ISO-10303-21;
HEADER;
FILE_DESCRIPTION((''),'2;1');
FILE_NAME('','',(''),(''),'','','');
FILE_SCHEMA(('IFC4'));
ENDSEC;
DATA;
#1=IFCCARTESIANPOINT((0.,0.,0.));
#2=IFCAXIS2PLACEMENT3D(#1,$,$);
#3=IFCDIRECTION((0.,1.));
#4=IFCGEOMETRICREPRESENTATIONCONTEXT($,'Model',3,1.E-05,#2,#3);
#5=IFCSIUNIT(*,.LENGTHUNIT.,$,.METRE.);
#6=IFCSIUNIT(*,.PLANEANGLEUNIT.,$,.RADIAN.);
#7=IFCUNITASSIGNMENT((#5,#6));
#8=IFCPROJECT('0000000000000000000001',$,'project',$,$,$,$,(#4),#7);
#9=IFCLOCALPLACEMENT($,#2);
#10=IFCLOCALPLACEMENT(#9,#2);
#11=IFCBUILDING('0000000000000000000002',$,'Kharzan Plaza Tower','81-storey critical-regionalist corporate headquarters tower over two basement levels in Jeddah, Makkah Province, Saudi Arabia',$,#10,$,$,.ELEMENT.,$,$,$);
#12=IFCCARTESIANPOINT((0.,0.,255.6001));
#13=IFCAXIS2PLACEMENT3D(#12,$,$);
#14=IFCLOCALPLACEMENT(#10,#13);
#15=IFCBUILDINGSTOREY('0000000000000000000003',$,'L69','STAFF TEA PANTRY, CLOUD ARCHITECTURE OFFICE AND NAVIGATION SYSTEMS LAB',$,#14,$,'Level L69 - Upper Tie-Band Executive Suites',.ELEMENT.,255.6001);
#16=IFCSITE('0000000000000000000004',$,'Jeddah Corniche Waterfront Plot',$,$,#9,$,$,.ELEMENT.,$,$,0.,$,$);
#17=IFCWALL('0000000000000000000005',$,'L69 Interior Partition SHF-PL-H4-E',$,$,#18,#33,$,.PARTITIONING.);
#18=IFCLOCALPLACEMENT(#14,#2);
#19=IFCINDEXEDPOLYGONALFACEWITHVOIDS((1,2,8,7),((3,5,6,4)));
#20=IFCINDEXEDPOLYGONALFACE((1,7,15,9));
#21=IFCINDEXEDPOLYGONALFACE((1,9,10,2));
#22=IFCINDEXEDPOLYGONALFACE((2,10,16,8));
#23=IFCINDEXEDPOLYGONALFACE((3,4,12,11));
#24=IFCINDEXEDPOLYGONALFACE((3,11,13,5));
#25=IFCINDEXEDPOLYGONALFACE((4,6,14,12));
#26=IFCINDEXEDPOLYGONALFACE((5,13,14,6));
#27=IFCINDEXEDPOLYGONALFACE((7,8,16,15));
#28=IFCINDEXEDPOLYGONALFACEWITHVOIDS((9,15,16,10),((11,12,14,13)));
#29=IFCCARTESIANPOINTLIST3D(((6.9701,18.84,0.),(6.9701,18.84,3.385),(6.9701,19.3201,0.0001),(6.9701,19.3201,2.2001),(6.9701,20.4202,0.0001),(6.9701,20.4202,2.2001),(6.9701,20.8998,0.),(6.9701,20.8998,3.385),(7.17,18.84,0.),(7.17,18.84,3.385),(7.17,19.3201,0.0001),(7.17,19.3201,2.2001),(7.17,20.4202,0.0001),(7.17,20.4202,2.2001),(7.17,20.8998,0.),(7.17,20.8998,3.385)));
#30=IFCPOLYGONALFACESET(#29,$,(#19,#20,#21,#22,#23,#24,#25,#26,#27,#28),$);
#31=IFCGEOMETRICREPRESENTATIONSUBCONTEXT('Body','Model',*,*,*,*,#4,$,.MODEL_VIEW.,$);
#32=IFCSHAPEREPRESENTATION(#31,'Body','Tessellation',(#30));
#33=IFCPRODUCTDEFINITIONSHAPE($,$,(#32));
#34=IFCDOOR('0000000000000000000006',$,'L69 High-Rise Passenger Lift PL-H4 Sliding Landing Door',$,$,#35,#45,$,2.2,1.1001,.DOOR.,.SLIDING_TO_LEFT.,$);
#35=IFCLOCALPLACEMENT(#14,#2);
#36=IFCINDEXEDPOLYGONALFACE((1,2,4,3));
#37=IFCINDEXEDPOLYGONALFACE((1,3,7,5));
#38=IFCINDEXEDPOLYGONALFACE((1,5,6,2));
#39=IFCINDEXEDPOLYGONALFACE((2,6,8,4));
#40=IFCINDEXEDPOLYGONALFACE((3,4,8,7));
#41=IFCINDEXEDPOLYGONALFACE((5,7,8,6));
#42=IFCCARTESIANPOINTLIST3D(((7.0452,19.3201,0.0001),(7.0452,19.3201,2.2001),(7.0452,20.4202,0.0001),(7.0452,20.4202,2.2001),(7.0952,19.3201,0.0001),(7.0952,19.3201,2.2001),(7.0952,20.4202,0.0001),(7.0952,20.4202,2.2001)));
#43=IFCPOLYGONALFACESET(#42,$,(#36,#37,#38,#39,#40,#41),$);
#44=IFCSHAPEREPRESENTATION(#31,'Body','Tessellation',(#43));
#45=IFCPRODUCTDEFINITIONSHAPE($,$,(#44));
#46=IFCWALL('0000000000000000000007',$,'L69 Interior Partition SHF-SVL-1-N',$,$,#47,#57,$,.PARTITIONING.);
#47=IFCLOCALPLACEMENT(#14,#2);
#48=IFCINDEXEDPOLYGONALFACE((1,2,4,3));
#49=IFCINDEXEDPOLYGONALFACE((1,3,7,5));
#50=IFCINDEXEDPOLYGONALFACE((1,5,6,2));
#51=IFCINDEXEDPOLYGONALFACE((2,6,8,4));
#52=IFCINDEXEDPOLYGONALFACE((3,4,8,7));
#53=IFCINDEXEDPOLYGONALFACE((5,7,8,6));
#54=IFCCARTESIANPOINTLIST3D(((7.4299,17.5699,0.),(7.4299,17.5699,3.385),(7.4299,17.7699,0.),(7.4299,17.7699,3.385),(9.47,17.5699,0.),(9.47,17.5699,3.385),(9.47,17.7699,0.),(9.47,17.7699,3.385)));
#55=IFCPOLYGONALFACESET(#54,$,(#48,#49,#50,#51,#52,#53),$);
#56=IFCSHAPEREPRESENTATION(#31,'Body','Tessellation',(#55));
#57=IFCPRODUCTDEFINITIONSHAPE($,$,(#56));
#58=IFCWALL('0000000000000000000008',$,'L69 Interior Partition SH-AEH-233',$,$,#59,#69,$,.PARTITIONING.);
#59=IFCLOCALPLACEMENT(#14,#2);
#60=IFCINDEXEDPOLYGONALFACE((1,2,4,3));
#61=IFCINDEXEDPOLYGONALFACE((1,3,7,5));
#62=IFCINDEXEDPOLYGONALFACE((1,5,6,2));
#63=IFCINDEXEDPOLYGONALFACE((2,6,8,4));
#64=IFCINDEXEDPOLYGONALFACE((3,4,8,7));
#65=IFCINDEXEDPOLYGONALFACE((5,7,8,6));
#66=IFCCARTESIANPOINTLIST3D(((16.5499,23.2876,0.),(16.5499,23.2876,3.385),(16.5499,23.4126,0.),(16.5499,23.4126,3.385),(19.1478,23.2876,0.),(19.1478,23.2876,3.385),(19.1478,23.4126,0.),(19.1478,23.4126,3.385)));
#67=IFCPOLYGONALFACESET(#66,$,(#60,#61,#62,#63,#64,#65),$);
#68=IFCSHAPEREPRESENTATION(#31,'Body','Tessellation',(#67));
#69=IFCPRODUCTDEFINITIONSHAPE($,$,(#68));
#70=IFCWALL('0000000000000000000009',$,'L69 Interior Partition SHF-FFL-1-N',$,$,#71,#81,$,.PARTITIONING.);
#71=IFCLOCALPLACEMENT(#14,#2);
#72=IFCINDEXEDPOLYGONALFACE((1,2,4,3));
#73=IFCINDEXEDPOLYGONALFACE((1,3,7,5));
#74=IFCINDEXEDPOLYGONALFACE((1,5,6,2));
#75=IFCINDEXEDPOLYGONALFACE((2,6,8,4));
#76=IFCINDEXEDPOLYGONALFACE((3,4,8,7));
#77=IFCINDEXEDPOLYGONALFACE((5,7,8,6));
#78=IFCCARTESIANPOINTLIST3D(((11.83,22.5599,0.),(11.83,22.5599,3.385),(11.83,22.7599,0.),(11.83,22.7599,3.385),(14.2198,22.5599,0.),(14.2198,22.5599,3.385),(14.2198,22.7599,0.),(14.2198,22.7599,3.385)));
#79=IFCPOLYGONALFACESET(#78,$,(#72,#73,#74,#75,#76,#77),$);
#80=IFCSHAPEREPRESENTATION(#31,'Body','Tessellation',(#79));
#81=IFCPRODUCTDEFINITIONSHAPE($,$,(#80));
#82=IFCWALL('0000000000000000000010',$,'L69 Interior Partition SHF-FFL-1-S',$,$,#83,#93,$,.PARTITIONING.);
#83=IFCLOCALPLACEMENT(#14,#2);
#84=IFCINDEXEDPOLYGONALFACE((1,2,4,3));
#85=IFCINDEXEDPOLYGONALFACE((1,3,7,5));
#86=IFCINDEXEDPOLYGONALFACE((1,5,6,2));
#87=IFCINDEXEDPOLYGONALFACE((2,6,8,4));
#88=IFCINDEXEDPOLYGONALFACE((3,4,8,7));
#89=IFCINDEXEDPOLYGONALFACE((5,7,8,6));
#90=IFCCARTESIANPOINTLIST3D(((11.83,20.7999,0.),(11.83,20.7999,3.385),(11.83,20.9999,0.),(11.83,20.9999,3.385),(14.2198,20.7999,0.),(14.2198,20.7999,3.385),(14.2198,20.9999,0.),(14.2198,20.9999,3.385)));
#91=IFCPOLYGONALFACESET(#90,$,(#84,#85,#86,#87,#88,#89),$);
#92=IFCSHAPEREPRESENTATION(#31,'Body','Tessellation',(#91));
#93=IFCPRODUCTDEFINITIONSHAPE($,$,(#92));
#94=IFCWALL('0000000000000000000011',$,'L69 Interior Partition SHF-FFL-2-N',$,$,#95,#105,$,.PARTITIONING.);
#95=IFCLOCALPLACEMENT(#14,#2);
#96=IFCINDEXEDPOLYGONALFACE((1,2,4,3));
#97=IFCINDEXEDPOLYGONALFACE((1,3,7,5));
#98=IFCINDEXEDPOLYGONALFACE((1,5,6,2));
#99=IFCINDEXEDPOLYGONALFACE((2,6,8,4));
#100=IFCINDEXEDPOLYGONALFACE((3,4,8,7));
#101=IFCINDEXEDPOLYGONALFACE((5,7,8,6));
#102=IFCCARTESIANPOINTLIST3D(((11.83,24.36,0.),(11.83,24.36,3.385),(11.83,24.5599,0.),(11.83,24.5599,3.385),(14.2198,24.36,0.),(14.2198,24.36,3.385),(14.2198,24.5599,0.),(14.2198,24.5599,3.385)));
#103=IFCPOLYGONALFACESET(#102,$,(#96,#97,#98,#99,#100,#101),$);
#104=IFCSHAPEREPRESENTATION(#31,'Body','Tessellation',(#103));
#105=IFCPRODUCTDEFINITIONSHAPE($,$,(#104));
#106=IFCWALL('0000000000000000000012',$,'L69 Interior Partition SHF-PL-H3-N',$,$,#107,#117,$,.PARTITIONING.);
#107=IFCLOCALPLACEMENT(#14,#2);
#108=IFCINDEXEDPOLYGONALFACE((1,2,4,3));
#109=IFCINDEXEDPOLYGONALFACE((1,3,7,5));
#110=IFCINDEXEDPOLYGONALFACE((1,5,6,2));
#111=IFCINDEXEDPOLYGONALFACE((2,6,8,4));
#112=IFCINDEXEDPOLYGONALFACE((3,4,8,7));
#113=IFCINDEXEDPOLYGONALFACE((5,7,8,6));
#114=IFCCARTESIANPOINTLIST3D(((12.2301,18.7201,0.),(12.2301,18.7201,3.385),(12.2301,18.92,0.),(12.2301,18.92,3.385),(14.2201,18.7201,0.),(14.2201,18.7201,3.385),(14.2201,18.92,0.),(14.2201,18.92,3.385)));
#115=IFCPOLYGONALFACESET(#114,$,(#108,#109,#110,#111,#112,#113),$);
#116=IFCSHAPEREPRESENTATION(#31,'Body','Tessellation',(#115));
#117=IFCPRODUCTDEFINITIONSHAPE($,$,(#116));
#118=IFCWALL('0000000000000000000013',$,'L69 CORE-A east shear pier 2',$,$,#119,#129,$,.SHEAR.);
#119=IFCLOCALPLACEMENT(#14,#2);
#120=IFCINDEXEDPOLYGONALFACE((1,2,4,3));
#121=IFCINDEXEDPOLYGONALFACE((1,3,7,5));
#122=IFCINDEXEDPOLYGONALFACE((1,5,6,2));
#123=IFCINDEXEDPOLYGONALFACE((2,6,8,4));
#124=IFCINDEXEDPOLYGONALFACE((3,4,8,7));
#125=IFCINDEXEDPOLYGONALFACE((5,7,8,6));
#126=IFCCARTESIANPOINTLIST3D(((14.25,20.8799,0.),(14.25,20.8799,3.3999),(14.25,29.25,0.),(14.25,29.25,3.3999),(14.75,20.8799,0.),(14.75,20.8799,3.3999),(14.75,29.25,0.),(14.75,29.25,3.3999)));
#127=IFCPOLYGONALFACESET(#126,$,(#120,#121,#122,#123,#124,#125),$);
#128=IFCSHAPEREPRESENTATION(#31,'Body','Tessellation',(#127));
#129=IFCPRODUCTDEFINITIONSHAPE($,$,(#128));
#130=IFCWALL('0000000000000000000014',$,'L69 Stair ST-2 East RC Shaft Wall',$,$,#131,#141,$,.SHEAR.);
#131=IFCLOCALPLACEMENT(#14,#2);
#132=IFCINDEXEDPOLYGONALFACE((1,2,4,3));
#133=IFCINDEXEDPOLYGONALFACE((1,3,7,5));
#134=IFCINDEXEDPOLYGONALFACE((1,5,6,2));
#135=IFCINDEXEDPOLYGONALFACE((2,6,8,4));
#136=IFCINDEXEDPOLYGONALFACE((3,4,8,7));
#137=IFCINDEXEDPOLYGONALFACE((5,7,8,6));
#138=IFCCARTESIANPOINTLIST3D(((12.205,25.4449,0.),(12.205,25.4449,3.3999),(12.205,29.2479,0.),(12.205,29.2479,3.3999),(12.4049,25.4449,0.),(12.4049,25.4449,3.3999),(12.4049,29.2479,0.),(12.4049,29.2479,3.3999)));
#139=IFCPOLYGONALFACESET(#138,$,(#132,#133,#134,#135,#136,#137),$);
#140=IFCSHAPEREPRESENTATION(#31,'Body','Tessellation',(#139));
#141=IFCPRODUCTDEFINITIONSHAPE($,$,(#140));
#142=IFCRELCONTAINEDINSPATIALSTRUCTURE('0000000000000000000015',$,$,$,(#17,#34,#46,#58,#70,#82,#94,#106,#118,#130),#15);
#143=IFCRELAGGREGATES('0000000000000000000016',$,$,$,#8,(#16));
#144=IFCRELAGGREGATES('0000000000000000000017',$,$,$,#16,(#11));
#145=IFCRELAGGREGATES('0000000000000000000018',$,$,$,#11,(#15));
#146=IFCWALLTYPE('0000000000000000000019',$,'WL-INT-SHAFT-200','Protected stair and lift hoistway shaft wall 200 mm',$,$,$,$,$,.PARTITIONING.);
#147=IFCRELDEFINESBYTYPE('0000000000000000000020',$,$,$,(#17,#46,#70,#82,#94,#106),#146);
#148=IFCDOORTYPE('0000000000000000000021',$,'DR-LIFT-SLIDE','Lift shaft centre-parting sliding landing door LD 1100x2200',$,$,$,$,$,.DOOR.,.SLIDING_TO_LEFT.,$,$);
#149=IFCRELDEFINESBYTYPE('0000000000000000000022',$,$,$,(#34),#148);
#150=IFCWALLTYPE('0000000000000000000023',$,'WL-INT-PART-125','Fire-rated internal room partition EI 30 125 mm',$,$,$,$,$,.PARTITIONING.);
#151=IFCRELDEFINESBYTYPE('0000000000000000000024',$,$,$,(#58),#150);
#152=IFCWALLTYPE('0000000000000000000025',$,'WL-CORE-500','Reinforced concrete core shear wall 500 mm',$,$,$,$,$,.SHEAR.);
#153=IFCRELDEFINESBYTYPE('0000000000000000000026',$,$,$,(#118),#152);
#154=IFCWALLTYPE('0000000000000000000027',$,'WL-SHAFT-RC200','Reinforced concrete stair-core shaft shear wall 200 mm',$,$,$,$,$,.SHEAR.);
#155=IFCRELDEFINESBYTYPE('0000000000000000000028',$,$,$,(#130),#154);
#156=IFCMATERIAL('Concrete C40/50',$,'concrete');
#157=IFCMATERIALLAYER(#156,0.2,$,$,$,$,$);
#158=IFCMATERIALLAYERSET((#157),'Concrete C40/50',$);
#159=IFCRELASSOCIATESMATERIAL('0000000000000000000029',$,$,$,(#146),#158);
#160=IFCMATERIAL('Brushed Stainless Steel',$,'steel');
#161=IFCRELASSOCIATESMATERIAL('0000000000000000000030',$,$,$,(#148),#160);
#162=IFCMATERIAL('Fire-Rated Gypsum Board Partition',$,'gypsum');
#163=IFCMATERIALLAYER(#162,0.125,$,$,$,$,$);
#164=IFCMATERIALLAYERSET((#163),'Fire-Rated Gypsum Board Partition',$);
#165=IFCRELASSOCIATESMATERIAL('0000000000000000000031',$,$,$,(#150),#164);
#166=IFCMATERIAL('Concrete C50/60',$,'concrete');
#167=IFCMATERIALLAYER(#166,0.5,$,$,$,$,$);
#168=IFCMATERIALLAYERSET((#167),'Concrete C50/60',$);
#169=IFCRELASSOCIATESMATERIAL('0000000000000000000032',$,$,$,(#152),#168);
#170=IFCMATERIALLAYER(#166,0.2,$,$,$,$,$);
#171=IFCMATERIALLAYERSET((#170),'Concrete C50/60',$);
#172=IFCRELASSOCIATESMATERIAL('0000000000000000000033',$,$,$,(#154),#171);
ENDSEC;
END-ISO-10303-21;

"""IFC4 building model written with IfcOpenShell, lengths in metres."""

from ifc_helpers import new_model, si_unit, direction, frame, frame_2d, origin, place, context, subcontext, project, spatial, rectangle, extrude, source, transform, mapped, material, layer, layer_set, type_object, element, fill, save


model = new_model("IFC4")

# Units and contexts
model_context = context("Model", 3, precision=1e-05, world=origin(), true_north=direction((0.0, 1.0)))
body_context = subcontext(model_context, "Body", "Model", "MODEL_VIEW")
ifc_project = project(units=[si_unit("LENGTHUNIT", "METRE"), si_unit("PLANEANGLEUNIT", "RADIAN")], contexts=[model_context])

# Site, building, storey
site_placement = place(None, origin())
site = spatial("IfcSite", under=ifc_project, at=site_placement, Name="Jeddah Corniche Waterfront Plot", CompositionType="ELEMENT", RefElevation=0.0)
building_placement = place(site_placement, origin())
building = spatial("IfcBuilding", under=site, at=building_placement, Name="Kharzan Plaza Tower", Description="81-storey critical-regionalist corporate headquarters tower over two basement levels in Jeddah, Makkah Province, Saudi Arabia", CompositionType="ELEMENT")
storey_placement = place(building_placement, frame((0.0, 0.0, 255.6001)))
storey = spatial("IfcBuildingStorey", under=building, at=storey_placement, Name="L69", Description="STAFF TEA PANTRY, CLOUD ARCHITECTURE OFFICE AND NAVIGATION SYSTEMS LAB", LongName="Level L69 - Upper Tie-Band Executive Suites", CompositionType="ELEMENT", Elevation=255.6001)

# Wall, opening, door
ifc_material_1 = material(Name="Concrete C40/50", Category="concrete")
ifc_layer_1 = layer(ifc_material_1, 0.2)
ifc_layer_set_1 = layer_set([ifc_layer_1], Name="Concrete C40/50")
wall_type_1 = type_object("IfcWallType", Name="WL-INT-SHAFT-200", Description="Protected stair and lift hoistway shaft wall 200 mm", PredefinedType="PARTITIONING", material=ifc_layer_set_1)
ifc_material_2 = material(Name="Brushed Stainless Steel", Category="steel")
door_type_1 = type_object("IfcDoorType", Name="DR-LIFT-SLIDE", Description="Lift shaft centre-parting sliding landing door LD 1100x2200", OperationType="SLIDING_TO_LEFT", PredefinedType="DOOR", material=ifc_material_2)
shared_shape_1 = source(origin(), body_context, "Body", "SweptSolid", [
    extrude(rectangle(XDim=1.1001, YDim=2.2, at=frame_2d((0.55, 1.1001))), frame((0.0, 0.0249, 0.0), z_axis=(0.0, -1.0, 0.0), x_axis=(1.0, 0.0, 0.0)), (0.0, 0.0, 1.0), 0.05),
])
wall_1_placement = place(storey_placement, frame((7.0701, 18.8401, 0.0), z_axis=(0.0, 0.0, 1.0), x_axis=(0.0, 1.0, 0.0)))
wall_1 = element("IfcWall", 1, at=wall_1_placement, inside=storey, type_object=wall_type_1, Name="L69 Interior Partition SHF-PL-H4-E", PredefinedType="PARTITIONING", context=body_context, shape_type="SweptSolid", body=[
    extrude(rectangle(XDim=2.0598, YDim=0.2, at=frame_2d((1.0298, 0.0))), origin(), (0.0, 0.0, 1.0), 3.385),
])
opening_1_placement = place(wall_1_placement, frame((0.48, 0.0, 0.0)))
opening_1 = element("IfcOpeningElement", 2, at=opening_1_placement, cuts=wall_1, PredefinedType="OPENING", context=body_context, shape_type="SweptSolid", body=[
    extrude(rectangle(XDim=1.1001, YDim=2.2, at=frame_2d((0.55, 1.1001))), frame((0.0, 0.1099, 0.0), z_axis=(0.0, -1.0, 0.0), x_axis=(1.0, 0.0, 0.0)), (0.0, 0.0, 1.0), 0.22),
])
door_1_placement = place(opening_1_placement, origin())
door_1 = element("IfcDoor", 3, at=door_1_placement, inside=storey, type_object=door_type_1, Name="L69 High-Rise Passenger Lift PL-H4 Sliding Landing Door", OperationType="SLIDING_TO_LEFT", OverallHeight=2.2, OverallWidth=1.1001, PredefinedType="DOOR", context=body_context, shape_type="MappedRepresentation", body=[
    mapped(shared_shape_1, transform((0.0, 0.0, 0.0), x_axis=(1.0, 0.0, 0.0), y_axis=(0.0, 1.0, 0.0), z_axis=(0.0, 0.0, 1.0))),
])
fill(opening_1, door_1)

# Walls
shared_shape_2 = source(origin(), body_context, "Body", "SweptSolid", [
    extrude(rectangle(XDim=2.04, YDim=0.2, at=frame_2d((1.02, 0.0))), origin(), (0.0, 0.0, 1.0), 3.385),
])
wall_2_placement = place(storey_placement, frame((7.4299, 17.6699, 0.0), z_axis=(0.0, 0.0, 1.0), x_axis=(1.0, 0.0, 0.0)))
element("IfcWall", 4, at=wall_2_placement, inside=storey, type_object=wall_type_1, Name="L69 Interior Partition SHF-SVL-1-N", PredefinedType="PARTITIONING", context=body_context, shape_type="MappedRepresentation", body=[
    mapped(shared_shape_2, transform((0.0, 0.0, 0.0), x_axis=(1.0, 0.0, 0.0), y_axis=(0.0, 1.0, 0.0), z_axis=(0.0, 0.0, 1.0))),
])
ifc_material_3 = material(Name="Fire-Rated Gypsum Board Partition", Category="gypsum")
ifc_layer_2 = layer(ifc_material_3, 0.125)
ifc_layer_set_2 = layer_set([ifc_layer_2], Name="Fire-Rated Gypsum Board Partition")
wall_type_2 = type_object("IfcWallType", Name="WL-INT-PART-125", Description="Fire-rated internal room partition EI 30 125 mm", PredefinedType="PARTITIONING", material=ifc_layer_set_2)
shared_shape_3 = source(origin(), body_context, "Body", "SweptSolid", [
    extrude(rectangle(XDim=2.5979, YDim=0.125, at=frame_2d((1.2988, 0.0))), origin(), (0.0, 0.0, 1.0), 3.385),
])
wall_3_placement = place(storey_placement, frame((16.55, 23.3501, 0.0), z_axis=(0.0, 0.0, 1.0), x_axis=(1.0, 0.0, 0.0)))
element("IfcWall", 5, at=wall_3_placement, inside=storey, type_object=wall_type_2, Name="L69 Interior Partition SH-AEH-233", PredefinedType="PARTITIONING", context=body_context, shape_type="MappedRepresentation", body=[
    mapped(shared_shape_3, transform((0.0, 0.0, 0.0), x_axis=(1.0, 0.0, 0.0), y_axis=(0.0, 1.0, 0.0), z_axis=(0.0, 0.0, 1.0))),
])
shared_shape_4 = source(origin(), body_context, "Body", "SweptSolid", [
    extrude(rectangle(XDim=2.3899, YDim=0.2, at=frame_2d((1.1948, 0.0))), origin(), (0.0, 0.0, 1.0), 3.385),
])
for number, where, z_axis, x_axis, name in (
    (6, (11.8301, 22.6599, 0.0), (0.0, 0.0, 1.0), (1.0, 0.0, 0.0), "L69 Interior Partition SHF-FFL-1-N"),
    (7, (11.8301, 20.8999, 0.0), (0.0, 0.0, 1.0), (1.0, 0.0, 0.0), "L69 Interior Partition SHF-FFL-1-S"),
    (8, (11.8301, 24.46, 0.0), (0.0, 0.0, 1.0), (1.0, 0.0, 0.0), "L69 Interior Partition SHF-FFL-2-N"),
):
    element("IfcWall", number, at=place(storey_placement, frame(where, z_axis=z_axis, x_axis=x_axis)), inside=storey, type_object=wall_type_1, Name=name, PredefinedType="PARTITIONING", context=body_context, shape_type="MappedRepresentation", body=[
        mapped(shared_shape_4, transform((0.0, 0.0, 0.0), x_axis=(1.0, 0.0, 0.0), y_axis=(0.0, 1.0, 0.0), z_axis=(0.0, 0.0, 1.0))),
    ])
shared_shape_5 = source(origin(), body_context, "Body", "SweptSolid", [
    extrude(rectangle(XDim=1.99, YDim=0.2, at=frame_2d((0.9951, 0.0))), origin(), (0.0, 0.0, 1.0), 3.385),
])
wall_4_placement = place(storey_placement, frame((12.23, 18.8201, 0.0), z_axis=(0.0, 0.0, 1.0), x_axis=(1.0, 0.0, 0.0)))
element("IfcWall", 9, at=wall_4_placement, inside=storey, type_object=wall_type_1, Name="L69 Interior Partition SHF-PL-H3-N", PredefinedType="PARTITIONING", context=body_context, shape_type="MappedRepresentation", body=[
    mapped(shared_shape_5, transform((0.0, 0.0, 0.0), x_axis=(1.0, 0.0, 0.0), y_axis=(0.0, 1.0, 0.0), z_axis=(0.0, 0.0, 1.0))),
])
ifc_material_4 = material(Name="Concrete C50/60", Category="concrete")
ifc_layer_3 = layer(ifc_material_4, 0.5)
ifc_layer_set_3 = layer_set([ifc_layer_3], Name="Concrete C50/60")
wall_type_3 = type_object("IfcWallType", Name="WL-CORE-500", Description="Reinforced concrete core shear wall 500 mm", PredefinedType="SHEAR", material=ifc_layer_set_3)
shared_shape_6 = source(origin(), body_context, "Body", "SweptSolid", [
    extrude(rectangle(XDim=8.3701, YDim=0.5, at=frame_2d((4.1851, 0.0))), origin(), (0.0, 0.0, 1.0), 3.3999),
])
wall_5_placement = place(storey_placement, frame((14.5, 20.8799, 0.0), z_axis=(0.0, 0.0, 1.0), x_axis=(0.0, 1.0, 0.0)))
element("IfcWall", 10, at=wall_5_placement, inside=storey, type_object=wall_type_3, Name="L69 CORE-A east shear pier 2", PredefinedType="SHEAR", context=body_context, shape_type="MappedRepresentation", body=[
    mapped(shared_shape_6, transform((0.0, 0.0, 0.0), x_axis=(1.0, 0.0, 0.0), y_axis=(0.0, 1.0, 0.0), z_axis=(0.0, 0.0, 1.0))),
])
ifc_layer_4 = layer(ifc_material_4, 0.2)
ifc_layer_set_4 = layer_set([ifc_layer_4], Name="Concrete C50/60")
wall_type_4 = type_object("IfcWallType", Name="WL-SHAFT-RC200", Description="Reinforced concrete stair-core shaft shear wall 200 mm", PredefinedType="SHEAR", material=ifc_layer_set_4)
shared_shape_7 = source(origin(), body_context, "Body", "SweptSolid", [
    extrude(rectangle(XDim=3.803, YDim=0.2, at=frame_2d((1.9014, 0.0))), origin(), (0.0, 0.0, 1.0), 3.3999),
])
wall_6_placement = place(storey_placement, frame((12.3049, 25.4451, 0.0), z_axis=(0.0, 0.0, 1.0), x_axis=(0.0, 1.0, 0.0)))
element("IfcWall", 11, at=wall_6_placement, inside=storey, type_object=wall_type_4, Name="L69 Stair ST-2 East RC Shaft Wall", PredefinedType="SHEAR", context=body_context, shape_type="MappedRepresentation", body=[
    mapped(shared_shape_7, transform((0.0, 0.0, 0.0), x_axis=(1.0, 0.0, 0.0), y_axis=(0.0, 1.0, 0.0), z_axis=(0.0, 0.0, 1.0))),
])

save(model, "model.ifc")
